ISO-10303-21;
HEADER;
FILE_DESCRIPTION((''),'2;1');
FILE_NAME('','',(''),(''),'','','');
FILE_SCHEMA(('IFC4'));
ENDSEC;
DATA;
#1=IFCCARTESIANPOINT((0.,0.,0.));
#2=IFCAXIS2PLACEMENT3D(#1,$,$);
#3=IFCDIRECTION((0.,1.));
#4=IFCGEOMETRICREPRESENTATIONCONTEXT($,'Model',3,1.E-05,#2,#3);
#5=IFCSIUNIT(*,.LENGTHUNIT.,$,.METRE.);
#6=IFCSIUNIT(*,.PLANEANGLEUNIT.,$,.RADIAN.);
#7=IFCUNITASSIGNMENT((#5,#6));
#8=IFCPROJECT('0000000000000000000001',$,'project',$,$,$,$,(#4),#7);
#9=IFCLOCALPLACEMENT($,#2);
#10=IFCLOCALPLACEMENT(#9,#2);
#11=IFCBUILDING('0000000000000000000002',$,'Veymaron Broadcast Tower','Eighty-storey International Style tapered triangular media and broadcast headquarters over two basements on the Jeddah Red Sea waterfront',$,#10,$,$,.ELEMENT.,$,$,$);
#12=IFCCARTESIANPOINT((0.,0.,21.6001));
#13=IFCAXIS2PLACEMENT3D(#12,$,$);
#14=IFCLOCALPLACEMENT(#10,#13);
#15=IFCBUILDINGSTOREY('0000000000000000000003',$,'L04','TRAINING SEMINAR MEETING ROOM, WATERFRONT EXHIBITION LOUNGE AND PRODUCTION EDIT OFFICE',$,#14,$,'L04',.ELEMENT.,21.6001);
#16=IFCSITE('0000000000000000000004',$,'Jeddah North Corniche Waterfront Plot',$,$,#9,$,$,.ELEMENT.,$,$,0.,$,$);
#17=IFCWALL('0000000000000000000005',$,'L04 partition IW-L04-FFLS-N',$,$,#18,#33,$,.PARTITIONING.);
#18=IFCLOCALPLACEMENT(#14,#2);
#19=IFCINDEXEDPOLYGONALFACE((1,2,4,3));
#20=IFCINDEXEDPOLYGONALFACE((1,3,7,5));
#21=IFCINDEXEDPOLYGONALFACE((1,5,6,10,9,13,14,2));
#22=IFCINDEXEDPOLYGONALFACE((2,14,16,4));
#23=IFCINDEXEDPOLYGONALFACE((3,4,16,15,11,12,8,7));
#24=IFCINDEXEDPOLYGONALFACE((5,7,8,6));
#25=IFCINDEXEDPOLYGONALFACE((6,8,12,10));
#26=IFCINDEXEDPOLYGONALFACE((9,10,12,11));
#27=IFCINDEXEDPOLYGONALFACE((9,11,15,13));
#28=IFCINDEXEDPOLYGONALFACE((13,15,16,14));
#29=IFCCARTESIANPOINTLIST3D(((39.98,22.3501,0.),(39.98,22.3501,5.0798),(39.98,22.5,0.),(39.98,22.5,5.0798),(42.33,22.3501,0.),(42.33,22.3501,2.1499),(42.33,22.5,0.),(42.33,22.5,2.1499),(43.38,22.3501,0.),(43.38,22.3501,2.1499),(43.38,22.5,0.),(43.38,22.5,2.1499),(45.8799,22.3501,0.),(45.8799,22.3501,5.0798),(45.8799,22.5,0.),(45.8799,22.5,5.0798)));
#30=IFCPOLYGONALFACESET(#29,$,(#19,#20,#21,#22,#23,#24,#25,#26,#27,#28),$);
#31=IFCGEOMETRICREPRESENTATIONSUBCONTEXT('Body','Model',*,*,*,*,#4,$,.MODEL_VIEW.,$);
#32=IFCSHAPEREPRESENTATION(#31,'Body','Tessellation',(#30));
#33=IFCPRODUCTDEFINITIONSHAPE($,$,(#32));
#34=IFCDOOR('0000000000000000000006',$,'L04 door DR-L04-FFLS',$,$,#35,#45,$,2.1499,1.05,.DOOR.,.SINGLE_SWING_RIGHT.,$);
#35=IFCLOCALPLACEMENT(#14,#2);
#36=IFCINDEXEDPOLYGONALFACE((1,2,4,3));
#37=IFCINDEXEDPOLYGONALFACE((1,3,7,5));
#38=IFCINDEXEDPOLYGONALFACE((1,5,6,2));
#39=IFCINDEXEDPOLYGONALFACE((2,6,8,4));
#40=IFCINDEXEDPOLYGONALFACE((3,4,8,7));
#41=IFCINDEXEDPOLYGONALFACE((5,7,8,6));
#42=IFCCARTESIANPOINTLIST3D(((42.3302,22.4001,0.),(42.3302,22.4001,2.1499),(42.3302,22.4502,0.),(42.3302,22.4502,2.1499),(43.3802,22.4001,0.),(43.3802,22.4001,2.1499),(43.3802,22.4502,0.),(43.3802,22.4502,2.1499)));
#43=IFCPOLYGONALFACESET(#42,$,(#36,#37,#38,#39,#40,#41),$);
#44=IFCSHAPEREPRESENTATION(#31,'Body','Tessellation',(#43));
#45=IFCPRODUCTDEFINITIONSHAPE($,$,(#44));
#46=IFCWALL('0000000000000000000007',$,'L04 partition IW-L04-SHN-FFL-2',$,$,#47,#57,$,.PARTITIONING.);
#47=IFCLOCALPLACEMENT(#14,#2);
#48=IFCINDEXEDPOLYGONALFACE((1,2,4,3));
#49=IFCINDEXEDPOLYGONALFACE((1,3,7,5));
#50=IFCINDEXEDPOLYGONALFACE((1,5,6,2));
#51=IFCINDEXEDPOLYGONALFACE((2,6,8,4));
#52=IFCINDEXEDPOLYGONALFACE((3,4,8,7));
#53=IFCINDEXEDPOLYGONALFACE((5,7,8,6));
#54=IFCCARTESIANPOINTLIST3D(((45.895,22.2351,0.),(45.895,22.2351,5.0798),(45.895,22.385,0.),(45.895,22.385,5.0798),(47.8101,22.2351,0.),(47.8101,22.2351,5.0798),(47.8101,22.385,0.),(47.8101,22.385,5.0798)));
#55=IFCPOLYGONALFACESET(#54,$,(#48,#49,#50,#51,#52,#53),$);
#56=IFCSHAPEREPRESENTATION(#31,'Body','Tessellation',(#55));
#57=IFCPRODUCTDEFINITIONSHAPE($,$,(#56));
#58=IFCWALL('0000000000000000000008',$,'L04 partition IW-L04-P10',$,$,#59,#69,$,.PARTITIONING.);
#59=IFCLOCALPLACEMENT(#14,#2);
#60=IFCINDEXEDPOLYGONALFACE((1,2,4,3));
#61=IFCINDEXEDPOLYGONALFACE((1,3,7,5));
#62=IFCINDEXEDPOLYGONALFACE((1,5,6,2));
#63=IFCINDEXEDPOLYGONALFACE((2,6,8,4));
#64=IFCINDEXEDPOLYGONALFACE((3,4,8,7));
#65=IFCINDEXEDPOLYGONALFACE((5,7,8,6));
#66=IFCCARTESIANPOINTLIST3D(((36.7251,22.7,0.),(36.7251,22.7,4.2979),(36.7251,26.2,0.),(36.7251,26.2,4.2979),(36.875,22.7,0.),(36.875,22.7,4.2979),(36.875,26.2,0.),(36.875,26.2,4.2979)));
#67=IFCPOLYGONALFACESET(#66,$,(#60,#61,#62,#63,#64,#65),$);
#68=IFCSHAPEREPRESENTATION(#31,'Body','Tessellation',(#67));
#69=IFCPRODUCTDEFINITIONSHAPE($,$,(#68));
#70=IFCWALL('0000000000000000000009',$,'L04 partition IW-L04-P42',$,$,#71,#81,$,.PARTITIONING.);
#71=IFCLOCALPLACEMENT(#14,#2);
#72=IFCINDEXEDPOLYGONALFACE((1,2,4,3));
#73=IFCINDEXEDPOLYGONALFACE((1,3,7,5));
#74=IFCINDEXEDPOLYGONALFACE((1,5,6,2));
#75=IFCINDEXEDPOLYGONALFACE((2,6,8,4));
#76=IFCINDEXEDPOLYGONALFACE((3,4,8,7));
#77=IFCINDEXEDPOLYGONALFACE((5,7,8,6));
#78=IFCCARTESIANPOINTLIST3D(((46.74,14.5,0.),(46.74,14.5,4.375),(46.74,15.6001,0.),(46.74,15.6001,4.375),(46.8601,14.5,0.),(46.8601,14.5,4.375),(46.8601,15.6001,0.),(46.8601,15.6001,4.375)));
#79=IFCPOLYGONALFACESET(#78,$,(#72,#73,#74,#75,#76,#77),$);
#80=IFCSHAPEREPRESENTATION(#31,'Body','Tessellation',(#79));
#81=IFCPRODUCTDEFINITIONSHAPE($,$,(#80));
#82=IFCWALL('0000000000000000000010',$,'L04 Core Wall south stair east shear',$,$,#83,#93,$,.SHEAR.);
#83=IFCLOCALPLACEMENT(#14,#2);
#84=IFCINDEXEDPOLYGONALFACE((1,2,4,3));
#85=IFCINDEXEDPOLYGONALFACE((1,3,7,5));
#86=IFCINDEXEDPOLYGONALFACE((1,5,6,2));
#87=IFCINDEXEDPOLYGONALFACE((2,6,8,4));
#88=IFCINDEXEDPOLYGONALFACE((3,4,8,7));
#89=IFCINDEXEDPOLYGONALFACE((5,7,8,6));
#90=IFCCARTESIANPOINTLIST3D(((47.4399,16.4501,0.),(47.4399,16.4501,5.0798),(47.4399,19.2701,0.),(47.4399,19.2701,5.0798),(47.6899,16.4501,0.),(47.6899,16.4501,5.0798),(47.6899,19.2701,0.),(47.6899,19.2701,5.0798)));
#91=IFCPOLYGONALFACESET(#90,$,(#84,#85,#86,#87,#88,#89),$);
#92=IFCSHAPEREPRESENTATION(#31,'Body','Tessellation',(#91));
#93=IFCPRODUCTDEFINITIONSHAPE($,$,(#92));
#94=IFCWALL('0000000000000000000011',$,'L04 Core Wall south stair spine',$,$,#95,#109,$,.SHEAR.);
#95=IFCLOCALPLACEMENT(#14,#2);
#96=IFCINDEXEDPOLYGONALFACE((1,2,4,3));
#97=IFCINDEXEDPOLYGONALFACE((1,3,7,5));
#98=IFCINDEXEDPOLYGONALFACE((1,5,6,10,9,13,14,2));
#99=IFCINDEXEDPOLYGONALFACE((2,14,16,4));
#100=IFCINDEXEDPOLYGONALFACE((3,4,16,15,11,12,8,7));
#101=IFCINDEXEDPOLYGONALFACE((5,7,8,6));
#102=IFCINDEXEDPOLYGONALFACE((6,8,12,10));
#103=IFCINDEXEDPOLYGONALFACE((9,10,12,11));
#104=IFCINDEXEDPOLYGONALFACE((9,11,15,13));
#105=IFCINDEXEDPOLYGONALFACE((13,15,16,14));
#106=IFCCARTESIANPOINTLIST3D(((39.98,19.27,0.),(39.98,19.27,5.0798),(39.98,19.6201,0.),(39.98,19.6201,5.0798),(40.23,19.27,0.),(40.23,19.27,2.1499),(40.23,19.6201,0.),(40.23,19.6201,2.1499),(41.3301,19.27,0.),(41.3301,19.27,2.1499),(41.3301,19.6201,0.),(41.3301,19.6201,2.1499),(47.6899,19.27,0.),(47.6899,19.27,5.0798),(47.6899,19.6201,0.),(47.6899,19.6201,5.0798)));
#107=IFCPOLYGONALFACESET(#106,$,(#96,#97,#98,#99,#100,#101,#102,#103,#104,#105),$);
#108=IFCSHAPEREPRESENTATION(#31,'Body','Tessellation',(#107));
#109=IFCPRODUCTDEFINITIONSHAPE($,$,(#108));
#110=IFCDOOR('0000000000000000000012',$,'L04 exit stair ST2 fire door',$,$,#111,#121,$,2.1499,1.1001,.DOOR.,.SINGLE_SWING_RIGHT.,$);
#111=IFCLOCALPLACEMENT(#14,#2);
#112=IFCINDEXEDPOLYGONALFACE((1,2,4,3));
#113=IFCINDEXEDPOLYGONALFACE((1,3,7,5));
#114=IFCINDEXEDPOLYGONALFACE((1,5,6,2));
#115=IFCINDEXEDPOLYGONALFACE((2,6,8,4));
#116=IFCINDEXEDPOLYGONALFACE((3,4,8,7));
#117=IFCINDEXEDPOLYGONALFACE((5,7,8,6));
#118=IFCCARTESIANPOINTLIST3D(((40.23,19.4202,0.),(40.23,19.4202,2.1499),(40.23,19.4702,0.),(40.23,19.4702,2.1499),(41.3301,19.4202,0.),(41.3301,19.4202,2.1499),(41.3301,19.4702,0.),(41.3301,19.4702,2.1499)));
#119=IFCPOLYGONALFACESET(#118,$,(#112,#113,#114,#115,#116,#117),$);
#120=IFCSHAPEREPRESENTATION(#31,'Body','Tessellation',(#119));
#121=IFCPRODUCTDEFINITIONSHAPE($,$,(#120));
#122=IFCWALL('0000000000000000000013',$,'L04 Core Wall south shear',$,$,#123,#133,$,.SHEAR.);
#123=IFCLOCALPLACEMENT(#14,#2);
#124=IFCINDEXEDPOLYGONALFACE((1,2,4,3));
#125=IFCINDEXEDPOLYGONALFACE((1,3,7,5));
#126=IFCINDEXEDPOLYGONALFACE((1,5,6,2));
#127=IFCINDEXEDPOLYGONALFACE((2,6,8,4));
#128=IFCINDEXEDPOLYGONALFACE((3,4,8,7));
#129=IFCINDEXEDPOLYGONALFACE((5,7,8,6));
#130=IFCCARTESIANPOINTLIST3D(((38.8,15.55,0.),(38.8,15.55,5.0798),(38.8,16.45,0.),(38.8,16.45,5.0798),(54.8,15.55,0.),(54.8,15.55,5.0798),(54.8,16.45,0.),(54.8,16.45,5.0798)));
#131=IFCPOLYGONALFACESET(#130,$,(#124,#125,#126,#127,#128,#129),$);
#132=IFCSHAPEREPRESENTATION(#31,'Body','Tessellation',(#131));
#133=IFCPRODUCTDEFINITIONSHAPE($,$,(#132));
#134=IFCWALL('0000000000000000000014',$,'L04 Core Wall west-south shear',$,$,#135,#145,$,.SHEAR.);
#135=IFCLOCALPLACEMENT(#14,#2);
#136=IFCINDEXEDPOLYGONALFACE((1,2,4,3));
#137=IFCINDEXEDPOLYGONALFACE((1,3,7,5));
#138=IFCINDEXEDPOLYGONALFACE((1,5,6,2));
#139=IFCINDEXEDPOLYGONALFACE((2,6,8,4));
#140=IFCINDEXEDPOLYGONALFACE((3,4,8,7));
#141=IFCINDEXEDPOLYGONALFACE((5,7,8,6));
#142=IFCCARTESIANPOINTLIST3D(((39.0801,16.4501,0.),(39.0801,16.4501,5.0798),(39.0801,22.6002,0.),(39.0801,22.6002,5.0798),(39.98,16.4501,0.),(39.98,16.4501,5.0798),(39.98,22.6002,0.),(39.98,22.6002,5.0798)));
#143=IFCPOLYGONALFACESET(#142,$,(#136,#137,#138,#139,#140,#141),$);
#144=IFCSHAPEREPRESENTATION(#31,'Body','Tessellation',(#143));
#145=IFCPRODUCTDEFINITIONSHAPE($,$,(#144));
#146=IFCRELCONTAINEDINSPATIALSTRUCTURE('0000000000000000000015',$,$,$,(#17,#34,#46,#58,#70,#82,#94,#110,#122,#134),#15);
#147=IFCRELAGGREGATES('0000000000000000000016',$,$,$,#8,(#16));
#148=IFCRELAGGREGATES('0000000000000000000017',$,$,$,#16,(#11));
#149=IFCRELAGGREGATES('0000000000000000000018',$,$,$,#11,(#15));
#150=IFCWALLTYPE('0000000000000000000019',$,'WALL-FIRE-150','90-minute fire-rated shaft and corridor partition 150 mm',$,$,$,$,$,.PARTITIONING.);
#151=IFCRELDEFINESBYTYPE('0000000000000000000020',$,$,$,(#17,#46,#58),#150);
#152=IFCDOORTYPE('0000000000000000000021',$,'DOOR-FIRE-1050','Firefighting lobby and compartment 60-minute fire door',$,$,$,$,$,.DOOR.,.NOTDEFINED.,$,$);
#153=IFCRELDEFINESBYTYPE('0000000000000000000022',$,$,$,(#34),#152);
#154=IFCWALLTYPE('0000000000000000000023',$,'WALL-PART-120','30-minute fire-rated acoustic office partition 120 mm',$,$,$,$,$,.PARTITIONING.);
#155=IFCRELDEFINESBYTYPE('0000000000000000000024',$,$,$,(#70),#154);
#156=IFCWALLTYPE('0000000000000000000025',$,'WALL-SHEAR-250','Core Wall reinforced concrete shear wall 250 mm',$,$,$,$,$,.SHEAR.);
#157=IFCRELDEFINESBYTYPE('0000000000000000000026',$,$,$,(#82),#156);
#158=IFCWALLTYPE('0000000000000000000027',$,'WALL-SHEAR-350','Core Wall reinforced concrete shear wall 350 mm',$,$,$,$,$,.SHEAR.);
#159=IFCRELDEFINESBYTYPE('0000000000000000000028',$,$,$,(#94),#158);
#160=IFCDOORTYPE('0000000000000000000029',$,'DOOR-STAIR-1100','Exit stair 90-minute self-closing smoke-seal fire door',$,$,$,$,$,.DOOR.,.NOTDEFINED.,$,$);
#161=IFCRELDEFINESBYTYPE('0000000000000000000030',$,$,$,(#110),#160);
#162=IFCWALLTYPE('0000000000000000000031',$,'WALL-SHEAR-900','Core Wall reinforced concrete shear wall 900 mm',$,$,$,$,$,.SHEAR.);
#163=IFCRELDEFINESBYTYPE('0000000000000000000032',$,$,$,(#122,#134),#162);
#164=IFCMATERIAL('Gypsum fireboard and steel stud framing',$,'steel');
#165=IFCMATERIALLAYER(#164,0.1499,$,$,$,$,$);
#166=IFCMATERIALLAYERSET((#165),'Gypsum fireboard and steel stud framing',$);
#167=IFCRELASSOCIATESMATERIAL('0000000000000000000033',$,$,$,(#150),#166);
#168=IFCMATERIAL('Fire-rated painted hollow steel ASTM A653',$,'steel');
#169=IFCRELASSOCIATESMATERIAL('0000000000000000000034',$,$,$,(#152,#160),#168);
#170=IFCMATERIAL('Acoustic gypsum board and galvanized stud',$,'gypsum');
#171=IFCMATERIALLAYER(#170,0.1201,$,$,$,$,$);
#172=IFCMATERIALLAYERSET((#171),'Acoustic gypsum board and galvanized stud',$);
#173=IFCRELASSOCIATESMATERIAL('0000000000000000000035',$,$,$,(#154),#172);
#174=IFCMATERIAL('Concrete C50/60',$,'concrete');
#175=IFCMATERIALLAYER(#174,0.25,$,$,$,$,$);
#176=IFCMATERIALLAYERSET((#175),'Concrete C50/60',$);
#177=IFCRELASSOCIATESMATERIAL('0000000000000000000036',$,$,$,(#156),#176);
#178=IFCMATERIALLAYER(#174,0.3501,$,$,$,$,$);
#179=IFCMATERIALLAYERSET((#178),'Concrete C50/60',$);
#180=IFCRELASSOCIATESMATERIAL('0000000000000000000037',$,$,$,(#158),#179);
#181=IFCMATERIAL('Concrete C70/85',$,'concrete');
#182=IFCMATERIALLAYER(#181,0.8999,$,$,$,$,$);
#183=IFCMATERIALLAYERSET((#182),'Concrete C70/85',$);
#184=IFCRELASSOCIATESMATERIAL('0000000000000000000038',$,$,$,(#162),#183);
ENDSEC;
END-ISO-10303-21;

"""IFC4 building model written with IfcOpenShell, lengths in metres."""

from ifc_helpers import new_model, si_unit, direction, frame, frame_2d, origin, place, context, subcontext, project, spatial, rectangle, extrude, material, layer, layer_set, type_object, element, fill, save


model = new_model("IFC4")

# Units and contexts
model_context = context("Model", 3, precision=1e-05, world=origin(), true_north=direction((0.0, 1.0)))
body_context = subcontext(model_context, "Body", "Model", "MODEL_VIEW")
ifc_project = project(units=[si_unit("LENGTHUNIT", "METRE"), si_unit("PLANEANGLEUNIT", "RADIAN")], contexts=[model_context])

# Site, building, storey
site_placement = place(None, origin())
site = spatial("IfcSite", under=ifc_project, at=site_placement, Name="Jeddah North Corniche Waterfront Plot", CompositionType="ELEMENT", RefElevation=0.0)
building_placement = place(site_placement, origin())
building = spatial("IfcBuilding", under=site, at=building_placement, Name="Veymaron Broadcast Tower", Description="Eighty-storey International Style tapered triangular media and broadcast headquarters over two basements on the Jeddah Red Sea waterfront", CompositionType="ELEMENT")
storey_placement = place(building_placement, frame((0.0, 0.0, 21.6001)))
storey = spatial("IfcBuildingStorey", under=building, at=storey_placement, Name="L04", Description="TRAINING SEMINAR MEETING ROOM, WATERFRONT EXHIBITION LOUNGE AND PRODUCTION EDIT OFFICE", LongName="L04", CompositionType="ELEMENT", Elevation=21.6001)

# Shared definitions
ifc_material_1 = material(Name="Concrete C50/60", Category="concrete")

# Shared definitions
ifc_material_2 = material(Name="Concrete C70/85", Category="concrete")

# Wall, opening, door
ifc_material_3 = material(Name="Gypsum fireboard and steel stud framing", Category="steel")
ifc_layer_1 = layer(ifc_material_3, 0.1499)
ifc_layer_set_1 = layer_set([ifc_layer_1], Name="Gypsum fireboard and steel stud framing")
wall_type_1 = type_object("IfcWallType", Name="WALL-FIRE-150", Description="90-minute fire-rated shaft and corridor partition 150 mm", PredefinedType="PARTITIONING", material=ifc_layer_set_1)
wall_1_placement = place(storey_placement, frame((39.98, 22.425, 0.0), z_axis=(0.0, 0.0, 1.0), x_axis=(1.0, 0.0, 0.0)))
wall_1 = element("IfcWall", 1, at=wall_1_placement, inside=storey, type_object=wall_type_1, Name="L04 partition IW-L04-FFLS-N", PredefinedType="PARTITIONING", context=body_context, shape_type="SweptSolid", body=[
    extrude(rectangle(XDim=5.8999, YDim=0.1499, at=frame_2d((2.95, 0.0))), origin(), (0.0, 0.0, 1.0), 5.0798),
])
opening_1_placement = place(wall_1_placement, frame((2.3501, 0.0, 0.0)))
opening_1 = element("IfcOpeningElement", 2, at=opening_1_placement, cuts=wall_1, PredefinedType="OPENING", context=body_context, shape_type="SweptSolid", body=[
    extrude(rectangle(XDim=1.05, YDim=2.1499, at=frame_2d((0.5249, 1.075))), frame((0.0, 0.085, 0.0), z_axis=(0.0, -1.0, 0.0), x_axis=(1.0, 0.0, 0.0)), (0.0, 0.0, 1.0), 0.1699),
])
ifc_material_4 = material(Name="Fire-rated painted hollow steel ASTM A653", Category="steel")
door_type_1 = type_object("IfcDoorType", Name="DOOR-FIRE-1050", Description="Firefighting lobby and compartment 60-minute fire door", OperationType="NOTDEFINED", PredefinedType="DOOR", material=ifc_material_4)
door_1_placement = place(opening_1_placement, frame((1.05, 0.0, 0.0), z_axis=(0.0, 0.0, 1.0), x_axis=(-1.0, 0.0, 0.0)))
door_1 = element("IfcDoor", 3, at=door_1_placement, inside=storey, type_object=door_type_1, Name="L04 door DR-L04-FFLS", OperationType="SINGLE_SWING_RIGHT", OverallHeight=2.1499, OverallWidth=1.05, PredefinedType="DOOR", context=body_context, shape_type="SweptSolid", body=[
    extrude(rectangle(XDim=1.05, YDim=2.1499, at=frame_2d((0.5249, 1.075))), frame((0.0, 0.0249, 0.0), z_axis=(0.0, -1.0, 0.0), x_axis=(1.0, 0.0, 0.0)), (0.0, 0.0, 1.0), 0.05),
])
fill(opening_1, door_1)

# Wall
wall_2_placement = place(storey_placement, frame((45.895, 22.3101, 0.0), z_axis=(0.0, 0.0, 1.0), x_axis=(1.0, 0.0, 0.0)))
element("IfcWall", 4, at=wall_2_placement, inside=storey, type_object=wall_type_1, Name="L04 partition IW-L04-SHN-FFL-2", PredefinedType="PARTITIONING", context=body_context, shape_type="SweptSolid", body=[
    extrude(rectangle(XDim=1.915, YDim=0.1499, at=frame_2d((0.9575, 0.0))), origin(), (0.0, 0.0, 1.0), 5.0798),
])

# Walls
wall_3_placement = place(storey_placement, frame((36.8, 22.7, 0.0), z_axis=(0.0, 0.0, 1.0), x_axis=(0.0, 1.0, 0.0)))
element("IfcWall", 5, at=wall_3_placement, inside=storey, type_object=wall_type_1, Name="L04 partition IW-L04-P10", PredefinedType="PARTITIONING", context=body_context, shape_type="SweptSolid", body=[
    extrude(rectangle(XDim=3.5, YDim=0.1499, at=frame_2d((1.75, 0.0))), origin(), (0.0, 0.0, 1.0), 4.2979),
])
ifc_material_5 = material(Name="Acoustic gypsum board and galvanized stud", Category="gypsum")
ifc_layer_2 = layer(ifc_material_5, 0.1201)
ifc_layer_set_2 = layer_set([ifc_layer_2], Name="Acoustic gypsum board and galvanized stud")
wall_type_2 = type_object("IfcWallType", Name="WALL-PART-120", Description="30-minute fire-rated acoustic office partition 120 mm", PredefinedType="PARTITIONING", material=ifc_layer_set_2)
wall_4_placement = place(storey_placement, frame((46.8, 14.5, 0.0), z_axis=(0.0, 0.0, 1.0), x_axis=(0.0, 1.0, 0.0)))
element("IfcWall", 6, at=wall_4_placement, inside=storey, type_object=wall_type_2, Name="L04 partition IW-L04-P42", PredefinedType="PARTITIONING", context=body_context, shape_type="SweptSolid", body=[
    extrude(rectangle(XDim=1.1001, YDim=0.1201, at=frame_2d((0.55, 0.0))), origin(), (0.0, 0.0, 1.0), 4.375),
])
ifc_layer_3 = layer(ifc_material_1, 0.25)
ifc_layer_set_3 = layer_set([ifc_layer_3], Name="Concrete C50/60")
wall_type_3 = type_object("IfcWallType", Name="WALL-SHEAR-250", Description="Core Wall reinforced concrete shear wall 250 mm", PredefinedType="SHEAR", material=ifc_layer_set_3)
wall_5_placement = place(storey_placement, frame((47.5649, 16.45, 0.0), z_axis=(0.0, 0.0, 1.0), x_axis=(0.0, 1.0, 0.0)))
element("IfcWall", 7, at=wall_5_placement, inside=storey, type_object=wall_type_3, Name="L04 Core Wall south stair east shear", PredefinedType="SHEAR", context=body_context, shape_type="SweptSolid", body=[
    extrude(rectangle(XDim=2.8201, YDim=0.25, at=frame_2d((1.4102, 0.0))), origin(), (0.0, 0.0, 1.0), 5.0798),
])

# Wall, opening, door
ifc_layer_4 = layer(ifc_material_1, 0.3501)
ifc_layer_set_4 = layer_set([ifc_layer_4], Name="Concrete C50/60")
wall_type_4 = type_object("IfcWallType", Name="WALL-SHEAR-350", Description="Core Wall reinforced concrete shear wall 350 mm", PredefinedType="SHEAR", material=ifc_layer_set_4)
wall_6_placement = place(storey_placement, frame((39.98, 19.4451, 0.0), z_axis=(0.0, 0.0, 1.0), x_axis=(1.0, 0.0, 0.0)))
wall_6 = element("IfcWall", 8, at=wall_6_placement, inside=storey, type_object=wall_type_4, Name="L04 Core Wall south stair spine", PredefinedType="SHEAR", context=body_context, shape_type="SweptSolid", body=[
    extrude(rectangle(XDim=7.71, YDim=0.3501, at=frame_2d((3.855, 0.0))), origin(), (0.0, 0.0, 1.0), 5.0798),
])
opening_2_placement = place(wall_6_placement, frame((0.25, 0.0, 0.0)))
opening_2 = element("IfcOpeningElement", 9, at=opening_2_placement, cuts=wall_6, PredefinedType="OPENING", context=body_context, shape_type="SweptSolid", body=[
    extrude(rectangle(XDim=1.1001, YDim=2.1499, at=frame_2d((0.55, 1.075))), frame((0.0, 0.1851, 0.0), z_axis=(0.0, -1.0, 0.0), x_axis=(1.0, 0.0, 0.0)), (0.0, 0.0, 1.0), 0.3701),
])
door_type_2 = type_object("IfcDoorType", Name="DOOR-STAIR-1100", Description="Exit stair 90-minute self-closing smoke-seal fire door", OperationType="NOTDEFINED", PredefinedType="DOOR", material=ifc_material_4)
door_2_placement = place(opening_2_placement, frame((1.1001, 0.0, 0.0), z_axis=(0.0, 0.0, 1.0), x_axis=(-1.0, 0.0, 0.0)))
door_2 = element("IfcDoor", 10, at=door_2_placement, inside=storey, type_object=door_type_2, Name="L04 exit stair ST2 fire door", OperationType="SINGLE_SWING_RIGHT", OverallHeight=2.1499, OverallWidth=1.1001, PredefinedType="DOOR", context=body_context, shape_type="SweptSolid", body=[
    extrude(rectangle(XDim=1.1001, YDim=2.1499, at=frame_2d((0.55, 1.075))), frame((0.0, 0.0249, 0.0), z_axis=(0.0, -1.0, 0.0), x_axis=(1.0, 0.0, 0.0)), (0.0, 0.0, 1.0), 0.05),
])
fill(opening_2, door_2)

# Walls
ifc_layer_5 = layer(ifc_material_2, 0.8999)
ifc_layer_set_5 = layer_set([ifc_layer_5], Name="Concrete C70/85")
wall_type_5 = type_object("IfcWallType", Name="WALL-SHEAR-900", Description="Core Wall reinforced concrete shear wall 900 mm", PredefinedType="SHEAR", material=ifc_layer_set_5)
wall_7_placement = place(storey_placement, frame((38.8, 16.0, 0.0), z_axis=(0.0, 0.0, 1.0), x_axis=(1.0, 0.0, 0.0)))
element("IfcWall", 11, at=wall_7_placement, inside=storey, type_object=wall_type_5, Name="L04 Core Wall south shear", PredefinedType="SHEAR", context=body_context, shape_type="SweptSolid", body=[
    extrude(rectangle(XDim=16.0, YDim=0.8999, at=frame_2d((8.0, 0.0))), origin(), (0.0, 0.0, 1.0), 5.0798),
])
wall_8_placement = place(storey_placement, frame((39.53, 16.45, 0.0), z_axis=(0.0, 0.0, 1.0), x_axis=(0.0, 1.0, 0.0)))
element("IfcWall", 12, at=wall_8_placement, inside=storey, type_object=wall_type_5, Name="L04 Core Wall west-south shear", PredefinedType="SHEAR", context=body_context, shape_type="SweptSolid", body=[
    extrude(rectangle(XDim=6.1501, YDim=0.8999, at=frame_2d((3.0752, 0.0))), origin(), (0.0, 0.0, 1.0), 5.0798),
])

save(model, "model.ifc")
